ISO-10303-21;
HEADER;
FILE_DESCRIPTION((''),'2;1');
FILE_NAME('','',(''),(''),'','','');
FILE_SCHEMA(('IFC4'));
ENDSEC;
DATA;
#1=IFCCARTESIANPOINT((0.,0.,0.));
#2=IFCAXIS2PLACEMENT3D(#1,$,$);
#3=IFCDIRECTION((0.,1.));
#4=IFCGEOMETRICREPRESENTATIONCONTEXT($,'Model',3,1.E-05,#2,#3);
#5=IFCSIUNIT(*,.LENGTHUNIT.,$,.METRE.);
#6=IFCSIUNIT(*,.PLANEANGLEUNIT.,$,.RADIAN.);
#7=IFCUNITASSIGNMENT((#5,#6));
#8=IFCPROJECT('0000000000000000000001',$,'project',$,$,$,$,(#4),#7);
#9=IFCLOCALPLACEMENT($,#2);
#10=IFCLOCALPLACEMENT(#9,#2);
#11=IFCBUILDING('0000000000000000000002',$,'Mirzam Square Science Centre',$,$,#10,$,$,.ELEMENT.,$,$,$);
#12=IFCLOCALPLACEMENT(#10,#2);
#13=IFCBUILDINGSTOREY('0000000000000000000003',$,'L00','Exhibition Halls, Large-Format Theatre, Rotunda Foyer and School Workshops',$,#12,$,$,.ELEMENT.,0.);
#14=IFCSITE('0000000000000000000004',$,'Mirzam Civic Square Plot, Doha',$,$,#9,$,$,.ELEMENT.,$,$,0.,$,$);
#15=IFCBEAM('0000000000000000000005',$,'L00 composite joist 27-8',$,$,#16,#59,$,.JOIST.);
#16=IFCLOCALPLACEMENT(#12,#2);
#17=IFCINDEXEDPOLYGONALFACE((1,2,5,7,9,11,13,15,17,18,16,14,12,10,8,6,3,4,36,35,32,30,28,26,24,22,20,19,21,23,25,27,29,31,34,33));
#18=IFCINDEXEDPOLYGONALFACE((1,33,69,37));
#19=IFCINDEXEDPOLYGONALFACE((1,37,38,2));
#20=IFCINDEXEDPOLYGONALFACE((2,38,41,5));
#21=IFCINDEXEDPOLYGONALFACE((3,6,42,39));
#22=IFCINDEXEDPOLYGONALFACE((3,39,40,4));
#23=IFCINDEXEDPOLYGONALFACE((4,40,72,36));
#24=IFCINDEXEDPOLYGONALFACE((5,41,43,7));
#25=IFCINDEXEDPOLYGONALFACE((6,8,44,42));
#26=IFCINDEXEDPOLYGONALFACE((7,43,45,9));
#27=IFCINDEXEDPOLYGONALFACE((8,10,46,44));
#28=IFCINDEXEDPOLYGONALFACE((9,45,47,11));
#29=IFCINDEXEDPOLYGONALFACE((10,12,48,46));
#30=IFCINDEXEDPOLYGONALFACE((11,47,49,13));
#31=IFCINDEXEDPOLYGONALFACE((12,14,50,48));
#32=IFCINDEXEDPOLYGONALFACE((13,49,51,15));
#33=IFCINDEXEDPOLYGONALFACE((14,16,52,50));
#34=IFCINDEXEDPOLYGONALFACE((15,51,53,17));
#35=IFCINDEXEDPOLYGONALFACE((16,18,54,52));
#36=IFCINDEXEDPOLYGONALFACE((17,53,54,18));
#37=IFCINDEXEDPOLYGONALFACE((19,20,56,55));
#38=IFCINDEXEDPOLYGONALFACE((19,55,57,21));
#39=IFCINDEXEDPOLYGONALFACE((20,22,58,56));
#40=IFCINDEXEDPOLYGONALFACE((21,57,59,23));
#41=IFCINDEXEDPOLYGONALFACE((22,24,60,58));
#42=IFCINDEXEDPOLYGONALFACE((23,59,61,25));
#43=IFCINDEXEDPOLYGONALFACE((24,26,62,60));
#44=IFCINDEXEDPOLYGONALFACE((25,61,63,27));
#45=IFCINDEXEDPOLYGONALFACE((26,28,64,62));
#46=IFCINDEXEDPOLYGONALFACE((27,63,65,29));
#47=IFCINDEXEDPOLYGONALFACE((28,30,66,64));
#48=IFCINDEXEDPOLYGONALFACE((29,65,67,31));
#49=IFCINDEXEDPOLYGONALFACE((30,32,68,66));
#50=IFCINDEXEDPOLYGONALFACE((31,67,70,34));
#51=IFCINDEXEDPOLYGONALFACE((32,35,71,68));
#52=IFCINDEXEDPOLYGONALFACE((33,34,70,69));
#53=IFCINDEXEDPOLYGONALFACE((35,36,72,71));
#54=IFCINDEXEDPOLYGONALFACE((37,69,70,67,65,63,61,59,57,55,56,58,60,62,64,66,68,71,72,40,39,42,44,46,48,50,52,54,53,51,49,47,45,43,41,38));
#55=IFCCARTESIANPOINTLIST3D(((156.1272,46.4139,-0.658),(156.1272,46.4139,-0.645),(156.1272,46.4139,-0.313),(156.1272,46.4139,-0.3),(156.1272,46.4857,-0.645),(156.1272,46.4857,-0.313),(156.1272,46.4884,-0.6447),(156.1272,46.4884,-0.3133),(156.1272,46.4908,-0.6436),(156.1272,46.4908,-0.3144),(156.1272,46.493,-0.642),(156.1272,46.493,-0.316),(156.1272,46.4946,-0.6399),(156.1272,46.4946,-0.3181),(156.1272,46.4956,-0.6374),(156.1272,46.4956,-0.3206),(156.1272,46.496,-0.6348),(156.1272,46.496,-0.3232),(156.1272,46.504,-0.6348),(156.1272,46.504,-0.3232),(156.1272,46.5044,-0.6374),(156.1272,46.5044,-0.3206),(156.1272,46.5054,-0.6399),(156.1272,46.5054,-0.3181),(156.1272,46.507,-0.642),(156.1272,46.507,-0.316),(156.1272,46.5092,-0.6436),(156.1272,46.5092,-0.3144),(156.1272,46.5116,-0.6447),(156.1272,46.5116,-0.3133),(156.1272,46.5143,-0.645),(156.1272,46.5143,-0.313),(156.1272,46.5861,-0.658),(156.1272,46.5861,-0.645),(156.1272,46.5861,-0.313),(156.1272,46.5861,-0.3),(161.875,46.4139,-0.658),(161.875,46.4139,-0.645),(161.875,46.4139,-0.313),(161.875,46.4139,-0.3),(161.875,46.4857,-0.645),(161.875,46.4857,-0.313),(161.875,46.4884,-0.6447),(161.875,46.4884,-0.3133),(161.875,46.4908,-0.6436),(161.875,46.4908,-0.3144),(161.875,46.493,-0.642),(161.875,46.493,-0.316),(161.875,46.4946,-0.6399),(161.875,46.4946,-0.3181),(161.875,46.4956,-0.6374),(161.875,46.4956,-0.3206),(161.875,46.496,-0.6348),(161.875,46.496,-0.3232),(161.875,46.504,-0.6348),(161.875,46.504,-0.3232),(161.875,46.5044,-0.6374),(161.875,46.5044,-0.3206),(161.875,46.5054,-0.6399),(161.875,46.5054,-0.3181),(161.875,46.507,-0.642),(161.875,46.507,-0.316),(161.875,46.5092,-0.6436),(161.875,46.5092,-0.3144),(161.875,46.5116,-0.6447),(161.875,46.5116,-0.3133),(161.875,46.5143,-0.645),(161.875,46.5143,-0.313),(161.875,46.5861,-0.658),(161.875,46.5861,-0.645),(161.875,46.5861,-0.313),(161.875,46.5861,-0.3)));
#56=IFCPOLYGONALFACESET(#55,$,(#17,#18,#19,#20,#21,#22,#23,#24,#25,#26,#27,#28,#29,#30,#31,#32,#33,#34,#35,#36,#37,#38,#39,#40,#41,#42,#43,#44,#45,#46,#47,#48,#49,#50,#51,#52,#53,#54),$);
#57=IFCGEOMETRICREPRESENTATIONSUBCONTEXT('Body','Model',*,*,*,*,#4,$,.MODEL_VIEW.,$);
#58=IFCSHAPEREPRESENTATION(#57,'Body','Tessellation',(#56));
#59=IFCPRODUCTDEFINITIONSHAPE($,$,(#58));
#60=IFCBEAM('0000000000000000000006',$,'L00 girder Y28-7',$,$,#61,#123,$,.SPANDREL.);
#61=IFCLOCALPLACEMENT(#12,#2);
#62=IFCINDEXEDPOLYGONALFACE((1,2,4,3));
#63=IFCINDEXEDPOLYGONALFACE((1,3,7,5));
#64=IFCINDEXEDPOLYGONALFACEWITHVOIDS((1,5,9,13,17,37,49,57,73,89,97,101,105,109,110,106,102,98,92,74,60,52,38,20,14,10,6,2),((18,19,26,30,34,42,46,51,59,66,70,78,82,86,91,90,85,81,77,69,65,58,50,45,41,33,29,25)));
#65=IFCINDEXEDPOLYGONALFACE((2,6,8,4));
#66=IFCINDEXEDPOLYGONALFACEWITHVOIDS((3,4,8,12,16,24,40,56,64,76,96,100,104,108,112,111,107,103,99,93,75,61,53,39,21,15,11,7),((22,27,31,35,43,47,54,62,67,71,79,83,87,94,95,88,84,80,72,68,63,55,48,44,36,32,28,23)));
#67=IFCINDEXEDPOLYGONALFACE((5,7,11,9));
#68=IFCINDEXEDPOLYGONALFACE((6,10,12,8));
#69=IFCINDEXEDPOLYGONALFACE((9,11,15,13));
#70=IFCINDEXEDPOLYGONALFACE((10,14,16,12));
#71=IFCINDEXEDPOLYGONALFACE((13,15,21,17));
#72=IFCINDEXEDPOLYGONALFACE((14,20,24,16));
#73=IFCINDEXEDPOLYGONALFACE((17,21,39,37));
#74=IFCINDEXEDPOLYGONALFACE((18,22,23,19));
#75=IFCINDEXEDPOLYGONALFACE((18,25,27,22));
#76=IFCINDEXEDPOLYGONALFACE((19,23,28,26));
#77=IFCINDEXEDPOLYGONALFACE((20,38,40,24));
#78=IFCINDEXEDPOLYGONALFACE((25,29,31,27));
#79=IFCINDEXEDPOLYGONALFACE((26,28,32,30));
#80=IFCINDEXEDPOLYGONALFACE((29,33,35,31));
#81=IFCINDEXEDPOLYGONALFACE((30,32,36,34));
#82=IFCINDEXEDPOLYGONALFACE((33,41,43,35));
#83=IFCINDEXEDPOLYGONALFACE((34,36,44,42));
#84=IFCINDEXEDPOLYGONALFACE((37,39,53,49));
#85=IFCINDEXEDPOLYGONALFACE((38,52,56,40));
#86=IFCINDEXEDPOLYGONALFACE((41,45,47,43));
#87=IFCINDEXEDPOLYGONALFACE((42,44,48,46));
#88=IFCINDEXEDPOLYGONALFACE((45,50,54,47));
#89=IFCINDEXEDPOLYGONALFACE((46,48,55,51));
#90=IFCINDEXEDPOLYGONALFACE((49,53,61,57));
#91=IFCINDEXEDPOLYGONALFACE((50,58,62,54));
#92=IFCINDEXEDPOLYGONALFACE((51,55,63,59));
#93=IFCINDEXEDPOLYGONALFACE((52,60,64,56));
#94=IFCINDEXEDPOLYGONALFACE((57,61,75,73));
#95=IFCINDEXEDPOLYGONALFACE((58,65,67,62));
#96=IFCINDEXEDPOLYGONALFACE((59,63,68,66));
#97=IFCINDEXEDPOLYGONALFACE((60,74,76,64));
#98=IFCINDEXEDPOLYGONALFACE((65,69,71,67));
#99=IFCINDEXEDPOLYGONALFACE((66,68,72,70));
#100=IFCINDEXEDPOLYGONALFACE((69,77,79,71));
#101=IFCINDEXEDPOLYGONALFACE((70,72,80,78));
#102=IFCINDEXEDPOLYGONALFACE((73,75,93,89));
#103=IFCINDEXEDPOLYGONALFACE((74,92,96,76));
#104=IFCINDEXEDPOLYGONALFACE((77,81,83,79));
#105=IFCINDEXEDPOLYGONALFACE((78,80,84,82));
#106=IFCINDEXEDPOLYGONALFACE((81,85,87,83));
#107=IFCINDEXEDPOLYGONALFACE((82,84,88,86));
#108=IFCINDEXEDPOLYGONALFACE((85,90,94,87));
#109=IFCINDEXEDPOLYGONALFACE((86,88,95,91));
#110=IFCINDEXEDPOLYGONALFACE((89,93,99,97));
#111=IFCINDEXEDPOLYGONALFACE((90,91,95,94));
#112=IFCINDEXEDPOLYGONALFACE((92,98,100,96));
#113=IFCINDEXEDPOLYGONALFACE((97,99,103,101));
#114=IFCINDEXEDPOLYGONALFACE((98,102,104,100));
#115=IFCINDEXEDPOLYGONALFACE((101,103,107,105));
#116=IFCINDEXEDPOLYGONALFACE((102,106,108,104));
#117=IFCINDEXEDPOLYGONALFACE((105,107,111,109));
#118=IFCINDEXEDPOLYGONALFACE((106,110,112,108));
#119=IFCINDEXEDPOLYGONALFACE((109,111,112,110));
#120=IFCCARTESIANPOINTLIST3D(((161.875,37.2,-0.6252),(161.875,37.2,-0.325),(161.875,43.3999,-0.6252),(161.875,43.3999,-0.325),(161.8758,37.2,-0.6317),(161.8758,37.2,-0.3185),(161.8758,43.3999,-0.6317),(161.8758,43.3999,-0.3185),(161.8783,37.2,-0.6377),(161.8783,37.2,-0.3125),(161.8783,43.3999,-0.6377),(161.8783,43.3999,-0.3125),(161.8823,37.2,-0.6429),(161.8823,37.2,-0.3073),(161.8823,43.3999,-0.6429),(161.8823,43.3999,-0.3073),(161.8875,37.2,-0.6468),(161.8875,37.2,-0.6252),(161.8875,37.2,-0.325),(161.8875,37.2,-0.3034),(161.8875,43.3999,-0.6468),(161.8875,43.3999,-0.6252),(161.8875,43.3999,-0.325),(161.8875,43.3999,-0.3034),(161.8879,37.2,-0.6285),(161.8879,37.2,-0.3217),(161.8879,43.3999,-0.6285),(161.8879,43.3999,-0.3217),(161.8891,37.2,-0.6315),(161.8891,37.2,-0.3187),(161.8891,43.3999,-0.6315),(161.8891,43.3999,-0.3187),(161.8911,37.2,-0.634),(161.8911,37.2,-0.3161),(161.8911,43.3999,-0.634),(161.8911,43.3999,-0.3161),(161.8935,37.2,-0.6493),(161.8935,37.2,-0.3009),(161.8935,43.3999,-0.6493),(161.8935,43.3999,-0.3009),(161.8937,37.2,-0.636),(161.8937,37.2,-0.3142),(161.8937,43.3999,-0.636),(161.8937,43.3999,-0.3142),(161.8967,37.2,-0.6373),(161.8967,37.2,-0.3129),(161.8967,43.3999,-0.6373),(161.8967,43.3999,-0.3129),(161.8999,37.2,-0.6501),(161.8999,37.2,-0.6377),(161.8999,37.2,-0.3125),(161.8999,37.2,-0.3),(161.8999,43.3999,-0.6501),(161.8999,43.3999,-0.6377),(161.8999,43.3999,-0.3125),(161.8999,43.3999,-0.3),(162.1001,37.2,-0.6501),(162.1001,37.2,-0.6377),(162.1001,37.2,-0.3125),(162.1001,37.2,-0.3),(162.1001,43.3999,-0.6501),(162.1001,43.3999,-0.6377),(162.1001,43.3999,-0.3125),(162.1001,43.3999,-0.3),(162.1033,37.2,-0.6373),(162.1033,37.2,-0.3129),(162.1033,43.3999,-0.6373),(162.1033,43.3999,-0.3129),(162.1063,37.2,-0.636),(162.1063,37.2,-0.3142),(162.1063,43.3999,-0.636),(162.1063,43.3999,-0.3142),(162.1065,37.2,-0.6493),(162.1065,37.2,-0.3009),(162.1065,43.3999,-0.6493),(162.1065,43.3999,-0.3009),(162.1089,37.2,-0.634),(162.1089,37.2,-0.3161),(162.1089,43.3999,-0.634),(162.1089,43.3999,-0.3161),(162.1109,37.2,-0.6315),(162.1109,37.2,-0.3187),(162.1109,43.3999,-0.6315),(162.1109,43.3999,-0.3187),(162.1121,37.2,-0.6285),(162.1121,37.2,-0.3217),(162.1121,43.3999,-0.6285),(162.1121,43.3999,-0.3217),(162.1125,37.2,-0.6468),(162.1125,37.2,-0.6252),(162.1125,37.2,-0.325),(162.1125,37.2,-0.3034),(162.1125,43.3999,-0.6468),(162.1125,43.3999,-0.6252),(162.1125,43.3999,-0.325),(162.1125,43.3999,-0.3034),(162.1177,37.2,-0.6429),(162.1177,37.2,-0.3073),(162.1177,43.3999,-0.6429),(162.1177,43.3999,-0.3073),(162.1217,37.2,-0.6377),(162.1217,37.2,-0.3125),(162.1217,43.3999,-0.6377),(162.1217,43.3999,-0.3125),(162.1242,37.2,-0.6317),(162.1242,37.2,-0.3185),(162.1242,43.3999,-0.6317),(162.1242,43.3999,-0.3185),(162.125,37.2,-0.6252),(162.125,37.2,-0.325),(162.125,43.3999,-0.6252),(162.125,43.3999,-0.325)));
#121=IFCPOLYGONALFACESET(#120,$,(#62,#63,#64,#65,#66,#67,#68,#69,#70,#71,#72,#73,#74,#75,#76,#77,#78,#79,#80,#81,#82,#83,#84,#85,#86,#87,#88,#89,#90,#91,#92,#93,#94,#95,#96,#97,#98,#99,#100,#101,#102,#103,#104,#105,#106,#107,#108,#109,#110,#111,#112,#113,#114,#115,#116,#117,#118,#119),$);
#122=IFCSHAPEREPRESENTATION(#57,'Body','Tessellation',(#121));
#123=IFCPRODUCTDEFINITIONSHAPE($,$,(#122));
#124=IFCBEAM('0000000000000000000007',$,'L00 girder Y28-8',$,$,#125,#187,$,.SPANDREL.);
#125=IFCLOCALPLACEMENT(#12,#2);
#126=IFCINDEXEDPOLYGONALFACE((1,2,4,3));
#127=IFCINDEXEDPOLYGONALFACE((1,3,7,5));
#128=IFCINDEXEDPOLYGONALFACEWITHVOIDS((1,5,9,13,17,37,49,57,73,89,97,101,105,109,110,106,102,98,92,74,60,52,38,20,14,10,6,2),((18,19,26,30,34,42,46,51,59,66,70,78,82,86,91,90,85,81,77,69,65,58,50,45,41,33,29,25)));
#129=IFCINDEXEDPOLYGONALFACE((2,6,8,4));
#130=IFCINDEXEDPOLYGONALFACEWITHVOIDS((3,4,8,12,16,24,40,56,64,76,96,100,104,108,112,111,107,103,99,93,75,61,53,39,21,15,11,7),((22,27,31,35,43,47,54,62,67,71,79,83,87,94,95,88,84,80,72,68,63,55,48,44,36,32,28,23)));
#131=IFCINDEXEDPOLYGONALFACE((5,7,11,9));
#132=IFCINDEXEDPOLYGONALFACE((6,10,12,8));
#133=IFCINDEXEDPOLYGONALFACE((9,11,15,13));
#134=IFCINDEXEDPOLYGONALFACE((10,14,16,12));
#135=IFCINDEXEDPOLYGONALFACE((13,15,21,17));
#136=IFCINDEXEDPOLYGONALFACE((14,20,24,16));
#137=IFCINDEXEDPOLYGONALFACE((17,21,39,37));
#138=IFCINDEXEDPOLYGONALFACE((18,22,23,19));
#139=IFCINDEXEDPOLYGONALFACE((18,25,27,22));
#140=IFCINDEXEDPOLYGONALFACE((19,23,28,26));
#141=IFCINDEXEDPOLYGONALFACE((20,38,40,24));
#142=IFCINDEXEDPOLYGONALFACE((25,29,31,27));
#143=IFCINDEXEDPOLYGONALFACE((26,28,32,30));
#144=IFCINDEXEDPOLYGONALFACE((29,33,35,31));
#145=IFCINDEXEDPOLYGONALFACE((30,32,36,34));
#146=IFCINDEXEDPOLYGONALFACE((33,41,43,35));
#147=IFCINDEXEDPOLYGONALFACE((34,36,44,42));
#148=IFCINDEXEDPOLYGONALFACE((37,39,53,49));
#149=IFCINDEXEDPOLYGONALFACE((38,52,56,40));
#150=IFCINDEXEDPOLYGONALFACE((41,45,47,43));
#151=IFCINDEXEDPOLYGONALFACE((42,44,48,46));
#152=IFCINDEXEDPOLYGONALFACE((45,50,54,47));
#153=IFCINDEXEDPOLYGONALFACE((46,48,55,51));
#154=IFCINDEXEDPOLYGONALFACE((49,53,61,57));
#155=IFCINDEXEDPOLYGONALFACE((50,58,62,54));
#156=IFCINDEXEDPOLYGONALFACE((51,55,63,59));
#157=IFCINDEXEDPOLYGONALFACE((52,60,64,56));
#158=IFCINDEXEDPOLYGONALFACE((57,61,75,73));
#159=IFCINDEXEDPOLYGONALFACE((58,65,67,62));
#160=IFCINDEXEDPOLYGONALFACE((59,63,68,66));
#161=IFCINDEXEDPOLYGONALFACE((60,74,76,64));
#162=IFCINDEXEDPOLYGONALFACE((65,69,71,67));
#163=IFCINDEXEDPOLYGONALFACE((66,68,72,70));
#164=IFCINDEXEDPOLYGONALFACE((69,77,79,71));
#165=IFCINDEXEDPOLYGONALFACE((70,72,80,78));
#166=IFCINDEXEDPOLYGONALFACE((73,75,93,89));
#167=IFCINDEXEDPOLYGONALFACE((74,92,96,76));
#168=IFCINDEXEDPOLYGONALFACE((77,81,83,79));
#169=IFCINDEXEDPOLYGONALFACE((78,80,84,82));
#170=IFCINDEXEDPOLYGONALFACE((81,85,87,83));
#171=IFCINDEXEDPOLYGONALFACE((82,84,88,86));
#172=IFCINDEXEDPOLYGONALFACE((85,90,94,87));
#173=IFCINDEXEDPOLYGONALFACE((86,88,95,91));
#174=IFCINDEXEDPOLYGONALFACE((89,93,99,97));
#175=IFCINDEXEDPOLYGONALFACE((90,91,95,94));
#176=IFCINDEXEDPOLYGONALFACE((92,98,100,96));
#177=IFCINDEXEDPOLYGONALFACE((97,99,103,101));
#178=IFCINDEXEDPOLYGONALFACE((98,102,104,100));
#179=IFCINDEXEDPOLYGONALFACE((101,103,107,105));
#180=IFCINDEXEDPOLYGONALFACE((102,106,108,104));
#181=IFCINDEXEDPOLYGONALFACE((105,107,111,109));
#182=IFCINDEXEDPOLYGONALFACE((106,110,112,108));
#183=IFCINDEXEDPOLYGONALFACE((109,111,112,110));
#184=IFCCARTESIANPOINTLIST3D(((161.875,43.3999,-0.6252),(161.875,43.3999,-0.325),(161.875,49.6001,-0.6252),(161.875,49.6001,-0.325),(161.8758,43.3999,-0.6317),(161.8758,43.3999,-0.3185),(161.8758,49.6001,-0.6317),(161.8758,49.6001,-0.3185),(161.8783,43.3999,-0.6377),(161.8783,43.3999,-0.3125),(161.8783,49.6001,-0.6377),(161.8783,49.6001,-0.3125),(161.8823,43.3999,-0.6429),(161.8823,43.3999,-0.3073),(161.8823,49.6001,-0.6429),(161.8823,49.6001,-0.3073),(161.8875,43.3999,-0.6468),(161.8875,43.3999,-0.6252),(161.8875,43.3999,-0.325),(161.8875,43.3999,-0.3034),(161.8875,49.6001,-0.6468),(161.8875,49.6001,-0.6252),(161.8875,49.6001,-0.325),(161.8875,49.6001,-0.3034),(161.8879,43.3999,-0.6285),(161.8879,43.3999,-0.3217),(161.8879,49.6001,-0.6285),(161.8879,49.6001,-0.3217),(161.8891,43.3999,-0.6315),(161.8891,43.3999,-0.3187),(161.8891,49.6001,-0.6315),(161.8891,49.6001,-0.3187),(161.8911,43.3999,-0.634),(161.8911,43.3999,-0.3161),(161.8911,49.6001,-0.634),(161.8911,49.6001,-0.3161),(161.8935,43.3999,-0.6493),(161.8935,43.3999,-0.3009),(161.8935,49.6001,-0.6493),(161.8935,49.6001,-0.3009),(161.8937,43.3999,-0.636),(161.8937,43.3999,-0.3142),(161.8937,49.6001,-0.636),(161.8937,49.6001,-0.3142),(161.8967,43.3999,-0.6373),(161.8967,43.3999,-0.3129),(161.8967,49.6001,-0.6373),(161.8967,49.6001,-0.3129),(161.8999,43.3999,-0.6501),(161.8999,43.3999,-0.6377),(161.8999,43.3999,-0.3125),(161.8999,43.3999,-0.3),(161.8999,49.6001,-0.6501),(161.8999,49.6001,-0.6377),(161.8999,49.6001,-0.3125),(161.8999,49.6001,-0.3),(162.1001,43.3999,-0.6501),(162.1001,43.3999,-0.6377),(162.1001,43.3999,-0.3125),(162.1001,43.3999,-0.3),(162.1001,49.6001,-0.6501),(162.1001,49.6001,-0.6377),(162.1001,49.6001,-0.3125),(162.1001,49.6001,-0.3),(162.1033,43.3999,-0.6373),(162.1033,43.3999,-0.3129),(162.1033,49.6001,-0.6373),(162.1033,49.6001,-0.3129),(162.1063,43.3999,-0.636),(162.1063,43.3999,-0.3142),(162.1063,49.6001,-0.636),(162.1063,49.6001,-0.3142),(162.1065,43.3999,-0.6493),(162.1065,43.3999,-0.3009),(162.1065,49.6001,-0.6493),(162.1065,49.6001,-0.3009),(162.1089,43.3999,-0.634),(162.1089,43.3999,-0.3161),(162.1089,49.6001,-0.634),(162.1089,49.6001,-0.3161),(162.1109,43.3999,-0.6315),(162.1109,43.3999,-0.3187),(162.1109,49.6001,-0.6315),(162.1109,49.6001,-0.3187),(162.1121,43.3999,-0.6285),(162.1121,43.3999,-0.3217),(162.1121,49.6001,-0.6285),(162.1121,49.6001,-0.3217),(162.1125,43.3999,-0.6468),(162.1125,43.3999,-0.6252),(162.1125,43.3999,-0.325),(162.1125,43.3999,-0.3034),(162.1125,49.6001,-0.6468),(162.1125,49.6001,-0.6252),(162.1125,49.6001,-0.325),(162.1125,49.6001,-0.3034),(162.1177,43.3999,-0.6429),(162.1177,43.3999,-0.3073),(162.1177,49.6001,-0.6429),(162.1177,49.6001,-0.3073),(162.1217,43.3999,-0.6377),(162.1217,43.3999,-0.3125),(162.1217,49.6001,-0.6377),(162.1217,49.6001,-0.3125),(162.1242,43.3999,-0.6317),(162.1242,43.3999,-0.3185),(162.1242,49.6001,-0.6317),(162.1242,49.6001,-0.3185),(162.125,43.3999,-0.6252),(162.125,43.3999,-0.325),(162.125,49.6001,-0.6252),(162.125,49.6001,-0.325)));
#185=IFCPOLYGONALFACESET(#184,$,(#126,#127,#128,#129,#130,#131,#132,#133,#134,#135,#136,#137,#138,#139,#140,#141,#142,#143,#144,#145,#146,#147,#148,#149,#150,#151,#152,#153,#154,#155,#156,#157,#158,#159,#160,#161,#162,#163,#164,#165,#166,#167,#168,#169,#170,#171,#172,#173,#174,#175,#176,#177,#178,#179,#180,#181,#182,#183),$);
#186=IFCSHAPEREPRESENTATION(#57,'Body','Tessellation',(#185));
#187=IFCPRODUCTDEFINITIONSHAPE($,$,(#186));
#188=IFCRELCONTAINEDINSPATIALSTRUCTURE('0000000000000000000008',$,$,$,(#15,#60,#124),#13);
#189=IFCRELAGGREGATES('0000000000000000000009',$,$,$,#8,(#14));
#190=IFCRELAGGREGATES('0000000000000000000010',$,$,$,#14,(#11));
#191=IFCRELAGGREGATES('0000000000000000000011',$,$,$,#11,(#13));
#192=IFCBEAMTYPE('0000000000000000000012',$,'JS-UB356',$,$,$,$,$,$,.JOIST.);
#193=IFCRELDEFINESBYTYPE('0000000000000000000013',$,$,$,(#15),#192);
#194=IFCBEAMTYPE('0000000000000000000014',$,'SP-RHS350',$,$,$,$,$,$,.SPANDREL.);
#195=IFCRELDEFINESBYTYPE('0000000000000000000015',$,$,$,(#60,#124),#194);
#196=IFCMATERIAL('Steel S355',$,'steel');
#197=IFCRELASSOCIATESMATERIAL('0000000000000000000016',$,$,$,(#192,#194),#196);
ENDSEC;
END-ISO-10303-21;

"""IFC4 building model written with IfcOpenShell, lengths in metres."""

from ifc_helpers import new_model, si_unit, direction, frame, origin, origin_2d, place, context, subcontext, project, spatial, hollow_rectangle, i_section, extrude, material, material_profile, profile_set, type_object, element, save


model = new_model("IFC4")

# Units and contexts
model_context = context("Model", 3, precision=1e-05, world=origin(), true_north=direction((0.0, 1.0)))
body_context = subcontext(model_context, "Body", "Model", "MODEL_VIEW")
ifc_project = project(units=[si_unit("LENGTHUNIT", "METRE"), si_unit("PLANEANGLEUNIT", "RADIAN")], contexts=[model_context])

# Site, building, storey
site_placement = place(None, origin())
site = spatial("IfcSite", under=ifc_project, at=site_placement, Name="Mirzam Civic Square Plot, Doha", CompositionType="ELEMENT", RefElevation=0.0)
building_placement = place(site_placement, origin())
building = spatial("IfcBuilding", under=site, at=building_placement, Name="Mirzam Square Science Centre", CompositionType="ELEMENT")
storey_placement = place(building_placement, origin())
storey = spatial("IfcBuildingStorey", under=building, at=storey_placement, Name="L00", Description="Exhibition Halls, Large-Format Theatre, Rotunda Foyer and School Workshops", CompositionType="ELEMENT", Elevation=0.0)

# Shared definitions
ifc_material_1 = material(Name="Steel S355", Category="steel")

# Beams
ifc_material_profile_1 = material_profile(ifc_material_1, i_section(OverallWidth=0.1721, OverallDepth=0.3579, WebThickness=0.0081, FlangeThickness=0.0129, FilletRadius=0.0103, at=origin_2d()), Name="356x171x57UB")
ifc_profile_set_1 = profile_set([ifc_material_profile_1], Name="Steel S355")
beam_type_1 = type_object("IfcBeamType", Name="JS-UB356", PredefinedType="JOIST", material=ifc_profile_set_1)
beam_1_placement = place(storey_placement, frame((156.1272, 46.5, -0.479), z_axis=(1.0, 0.0, 0.0), x_axis=(0.0, 1.0, 0.0)))
element("IfcBeam", 1, at=beam_1_placement, inside=storey, type_object=beam_type_1, Name="L00 composite joist 27-8", PredefinedType="JOIST", context=body_context, shape_type="SweptSolid", body=[
    extrude(i_section(OverallWidth=0.1721, OverallDepth=0.3579, WebThickness=0.0081, FlangeThickness=0.0129, FilletRadius=0.0103, at=origin_2d()), origin(), (0.0, 0.0, 1.0), 5.7478),
])
ifc_material_profile_2 = material_profile(ifc_material_1, hollow_rectangle(XDim=0.25, YDim=0.3501, WallThickness=0.0125, InnerFilletRadius=0.0125, OuterFilletRadius=0.0249, at=origin_2d()), Name="350x250x12.5RHS")
ifc_profile_set_2 = profile_set([ifc_material_profile_2], Name="Steel S355")
beam_type_2 = type_object("IfcBeamType", Name="SP-RHS350", PredefinedType="SPANDREL", material=ifc_profile_set_2)
beam_2_placement = place(storey_placement, frame((162.0, 37.2, -0.4751), z_axis=(0.0, 1.0, 0.0), x_axis=(-1.0, 0.0, 0.0)))
element("IfcBeam", 2, at=beam_2_placement, inside=storey, type_object=beam_type_2, Name="L00 girder Y28-7", PredefinedType="SPANDREL", context=body_context, shape_type="SweptSolid", body=[
    extrude(hollow_rectangle(XDim=0.25, YDim=0.3501, WallThickness=0.0125, InnerFilletRadius=0.0125, OuterFilletRadius=0.0249, at=origin_2d()), origin(), (0.0, 0.0, 1.0), 6.2),
])
beam_3_placement = place(storey_placement, frame((162.0, 43.3999, -0.4751), z_axis=(0.0, 1.0, 0.0), x_axis=(-1.0, 0.0, 0.0)))
element("IfcBeam", 3, at=beam_3_placement, inside=storey, type_object=beam_type_2, Name="L00 girder Y28-8", PredefinedType="SPANDREL", context=body_context, shape_type="SweptSolid", body=[
    extrude(hollow_rectangle(XDim=0.25, YDim=0.3501, WallThickness=0.0125, InnerFilletRadius=0.0125, OuterFilletRadius=0.0249, at=origin_2d()), origin(), (0.0, 0.0, 1.0), 6.2002),
])

save(model, "model.ifc")
